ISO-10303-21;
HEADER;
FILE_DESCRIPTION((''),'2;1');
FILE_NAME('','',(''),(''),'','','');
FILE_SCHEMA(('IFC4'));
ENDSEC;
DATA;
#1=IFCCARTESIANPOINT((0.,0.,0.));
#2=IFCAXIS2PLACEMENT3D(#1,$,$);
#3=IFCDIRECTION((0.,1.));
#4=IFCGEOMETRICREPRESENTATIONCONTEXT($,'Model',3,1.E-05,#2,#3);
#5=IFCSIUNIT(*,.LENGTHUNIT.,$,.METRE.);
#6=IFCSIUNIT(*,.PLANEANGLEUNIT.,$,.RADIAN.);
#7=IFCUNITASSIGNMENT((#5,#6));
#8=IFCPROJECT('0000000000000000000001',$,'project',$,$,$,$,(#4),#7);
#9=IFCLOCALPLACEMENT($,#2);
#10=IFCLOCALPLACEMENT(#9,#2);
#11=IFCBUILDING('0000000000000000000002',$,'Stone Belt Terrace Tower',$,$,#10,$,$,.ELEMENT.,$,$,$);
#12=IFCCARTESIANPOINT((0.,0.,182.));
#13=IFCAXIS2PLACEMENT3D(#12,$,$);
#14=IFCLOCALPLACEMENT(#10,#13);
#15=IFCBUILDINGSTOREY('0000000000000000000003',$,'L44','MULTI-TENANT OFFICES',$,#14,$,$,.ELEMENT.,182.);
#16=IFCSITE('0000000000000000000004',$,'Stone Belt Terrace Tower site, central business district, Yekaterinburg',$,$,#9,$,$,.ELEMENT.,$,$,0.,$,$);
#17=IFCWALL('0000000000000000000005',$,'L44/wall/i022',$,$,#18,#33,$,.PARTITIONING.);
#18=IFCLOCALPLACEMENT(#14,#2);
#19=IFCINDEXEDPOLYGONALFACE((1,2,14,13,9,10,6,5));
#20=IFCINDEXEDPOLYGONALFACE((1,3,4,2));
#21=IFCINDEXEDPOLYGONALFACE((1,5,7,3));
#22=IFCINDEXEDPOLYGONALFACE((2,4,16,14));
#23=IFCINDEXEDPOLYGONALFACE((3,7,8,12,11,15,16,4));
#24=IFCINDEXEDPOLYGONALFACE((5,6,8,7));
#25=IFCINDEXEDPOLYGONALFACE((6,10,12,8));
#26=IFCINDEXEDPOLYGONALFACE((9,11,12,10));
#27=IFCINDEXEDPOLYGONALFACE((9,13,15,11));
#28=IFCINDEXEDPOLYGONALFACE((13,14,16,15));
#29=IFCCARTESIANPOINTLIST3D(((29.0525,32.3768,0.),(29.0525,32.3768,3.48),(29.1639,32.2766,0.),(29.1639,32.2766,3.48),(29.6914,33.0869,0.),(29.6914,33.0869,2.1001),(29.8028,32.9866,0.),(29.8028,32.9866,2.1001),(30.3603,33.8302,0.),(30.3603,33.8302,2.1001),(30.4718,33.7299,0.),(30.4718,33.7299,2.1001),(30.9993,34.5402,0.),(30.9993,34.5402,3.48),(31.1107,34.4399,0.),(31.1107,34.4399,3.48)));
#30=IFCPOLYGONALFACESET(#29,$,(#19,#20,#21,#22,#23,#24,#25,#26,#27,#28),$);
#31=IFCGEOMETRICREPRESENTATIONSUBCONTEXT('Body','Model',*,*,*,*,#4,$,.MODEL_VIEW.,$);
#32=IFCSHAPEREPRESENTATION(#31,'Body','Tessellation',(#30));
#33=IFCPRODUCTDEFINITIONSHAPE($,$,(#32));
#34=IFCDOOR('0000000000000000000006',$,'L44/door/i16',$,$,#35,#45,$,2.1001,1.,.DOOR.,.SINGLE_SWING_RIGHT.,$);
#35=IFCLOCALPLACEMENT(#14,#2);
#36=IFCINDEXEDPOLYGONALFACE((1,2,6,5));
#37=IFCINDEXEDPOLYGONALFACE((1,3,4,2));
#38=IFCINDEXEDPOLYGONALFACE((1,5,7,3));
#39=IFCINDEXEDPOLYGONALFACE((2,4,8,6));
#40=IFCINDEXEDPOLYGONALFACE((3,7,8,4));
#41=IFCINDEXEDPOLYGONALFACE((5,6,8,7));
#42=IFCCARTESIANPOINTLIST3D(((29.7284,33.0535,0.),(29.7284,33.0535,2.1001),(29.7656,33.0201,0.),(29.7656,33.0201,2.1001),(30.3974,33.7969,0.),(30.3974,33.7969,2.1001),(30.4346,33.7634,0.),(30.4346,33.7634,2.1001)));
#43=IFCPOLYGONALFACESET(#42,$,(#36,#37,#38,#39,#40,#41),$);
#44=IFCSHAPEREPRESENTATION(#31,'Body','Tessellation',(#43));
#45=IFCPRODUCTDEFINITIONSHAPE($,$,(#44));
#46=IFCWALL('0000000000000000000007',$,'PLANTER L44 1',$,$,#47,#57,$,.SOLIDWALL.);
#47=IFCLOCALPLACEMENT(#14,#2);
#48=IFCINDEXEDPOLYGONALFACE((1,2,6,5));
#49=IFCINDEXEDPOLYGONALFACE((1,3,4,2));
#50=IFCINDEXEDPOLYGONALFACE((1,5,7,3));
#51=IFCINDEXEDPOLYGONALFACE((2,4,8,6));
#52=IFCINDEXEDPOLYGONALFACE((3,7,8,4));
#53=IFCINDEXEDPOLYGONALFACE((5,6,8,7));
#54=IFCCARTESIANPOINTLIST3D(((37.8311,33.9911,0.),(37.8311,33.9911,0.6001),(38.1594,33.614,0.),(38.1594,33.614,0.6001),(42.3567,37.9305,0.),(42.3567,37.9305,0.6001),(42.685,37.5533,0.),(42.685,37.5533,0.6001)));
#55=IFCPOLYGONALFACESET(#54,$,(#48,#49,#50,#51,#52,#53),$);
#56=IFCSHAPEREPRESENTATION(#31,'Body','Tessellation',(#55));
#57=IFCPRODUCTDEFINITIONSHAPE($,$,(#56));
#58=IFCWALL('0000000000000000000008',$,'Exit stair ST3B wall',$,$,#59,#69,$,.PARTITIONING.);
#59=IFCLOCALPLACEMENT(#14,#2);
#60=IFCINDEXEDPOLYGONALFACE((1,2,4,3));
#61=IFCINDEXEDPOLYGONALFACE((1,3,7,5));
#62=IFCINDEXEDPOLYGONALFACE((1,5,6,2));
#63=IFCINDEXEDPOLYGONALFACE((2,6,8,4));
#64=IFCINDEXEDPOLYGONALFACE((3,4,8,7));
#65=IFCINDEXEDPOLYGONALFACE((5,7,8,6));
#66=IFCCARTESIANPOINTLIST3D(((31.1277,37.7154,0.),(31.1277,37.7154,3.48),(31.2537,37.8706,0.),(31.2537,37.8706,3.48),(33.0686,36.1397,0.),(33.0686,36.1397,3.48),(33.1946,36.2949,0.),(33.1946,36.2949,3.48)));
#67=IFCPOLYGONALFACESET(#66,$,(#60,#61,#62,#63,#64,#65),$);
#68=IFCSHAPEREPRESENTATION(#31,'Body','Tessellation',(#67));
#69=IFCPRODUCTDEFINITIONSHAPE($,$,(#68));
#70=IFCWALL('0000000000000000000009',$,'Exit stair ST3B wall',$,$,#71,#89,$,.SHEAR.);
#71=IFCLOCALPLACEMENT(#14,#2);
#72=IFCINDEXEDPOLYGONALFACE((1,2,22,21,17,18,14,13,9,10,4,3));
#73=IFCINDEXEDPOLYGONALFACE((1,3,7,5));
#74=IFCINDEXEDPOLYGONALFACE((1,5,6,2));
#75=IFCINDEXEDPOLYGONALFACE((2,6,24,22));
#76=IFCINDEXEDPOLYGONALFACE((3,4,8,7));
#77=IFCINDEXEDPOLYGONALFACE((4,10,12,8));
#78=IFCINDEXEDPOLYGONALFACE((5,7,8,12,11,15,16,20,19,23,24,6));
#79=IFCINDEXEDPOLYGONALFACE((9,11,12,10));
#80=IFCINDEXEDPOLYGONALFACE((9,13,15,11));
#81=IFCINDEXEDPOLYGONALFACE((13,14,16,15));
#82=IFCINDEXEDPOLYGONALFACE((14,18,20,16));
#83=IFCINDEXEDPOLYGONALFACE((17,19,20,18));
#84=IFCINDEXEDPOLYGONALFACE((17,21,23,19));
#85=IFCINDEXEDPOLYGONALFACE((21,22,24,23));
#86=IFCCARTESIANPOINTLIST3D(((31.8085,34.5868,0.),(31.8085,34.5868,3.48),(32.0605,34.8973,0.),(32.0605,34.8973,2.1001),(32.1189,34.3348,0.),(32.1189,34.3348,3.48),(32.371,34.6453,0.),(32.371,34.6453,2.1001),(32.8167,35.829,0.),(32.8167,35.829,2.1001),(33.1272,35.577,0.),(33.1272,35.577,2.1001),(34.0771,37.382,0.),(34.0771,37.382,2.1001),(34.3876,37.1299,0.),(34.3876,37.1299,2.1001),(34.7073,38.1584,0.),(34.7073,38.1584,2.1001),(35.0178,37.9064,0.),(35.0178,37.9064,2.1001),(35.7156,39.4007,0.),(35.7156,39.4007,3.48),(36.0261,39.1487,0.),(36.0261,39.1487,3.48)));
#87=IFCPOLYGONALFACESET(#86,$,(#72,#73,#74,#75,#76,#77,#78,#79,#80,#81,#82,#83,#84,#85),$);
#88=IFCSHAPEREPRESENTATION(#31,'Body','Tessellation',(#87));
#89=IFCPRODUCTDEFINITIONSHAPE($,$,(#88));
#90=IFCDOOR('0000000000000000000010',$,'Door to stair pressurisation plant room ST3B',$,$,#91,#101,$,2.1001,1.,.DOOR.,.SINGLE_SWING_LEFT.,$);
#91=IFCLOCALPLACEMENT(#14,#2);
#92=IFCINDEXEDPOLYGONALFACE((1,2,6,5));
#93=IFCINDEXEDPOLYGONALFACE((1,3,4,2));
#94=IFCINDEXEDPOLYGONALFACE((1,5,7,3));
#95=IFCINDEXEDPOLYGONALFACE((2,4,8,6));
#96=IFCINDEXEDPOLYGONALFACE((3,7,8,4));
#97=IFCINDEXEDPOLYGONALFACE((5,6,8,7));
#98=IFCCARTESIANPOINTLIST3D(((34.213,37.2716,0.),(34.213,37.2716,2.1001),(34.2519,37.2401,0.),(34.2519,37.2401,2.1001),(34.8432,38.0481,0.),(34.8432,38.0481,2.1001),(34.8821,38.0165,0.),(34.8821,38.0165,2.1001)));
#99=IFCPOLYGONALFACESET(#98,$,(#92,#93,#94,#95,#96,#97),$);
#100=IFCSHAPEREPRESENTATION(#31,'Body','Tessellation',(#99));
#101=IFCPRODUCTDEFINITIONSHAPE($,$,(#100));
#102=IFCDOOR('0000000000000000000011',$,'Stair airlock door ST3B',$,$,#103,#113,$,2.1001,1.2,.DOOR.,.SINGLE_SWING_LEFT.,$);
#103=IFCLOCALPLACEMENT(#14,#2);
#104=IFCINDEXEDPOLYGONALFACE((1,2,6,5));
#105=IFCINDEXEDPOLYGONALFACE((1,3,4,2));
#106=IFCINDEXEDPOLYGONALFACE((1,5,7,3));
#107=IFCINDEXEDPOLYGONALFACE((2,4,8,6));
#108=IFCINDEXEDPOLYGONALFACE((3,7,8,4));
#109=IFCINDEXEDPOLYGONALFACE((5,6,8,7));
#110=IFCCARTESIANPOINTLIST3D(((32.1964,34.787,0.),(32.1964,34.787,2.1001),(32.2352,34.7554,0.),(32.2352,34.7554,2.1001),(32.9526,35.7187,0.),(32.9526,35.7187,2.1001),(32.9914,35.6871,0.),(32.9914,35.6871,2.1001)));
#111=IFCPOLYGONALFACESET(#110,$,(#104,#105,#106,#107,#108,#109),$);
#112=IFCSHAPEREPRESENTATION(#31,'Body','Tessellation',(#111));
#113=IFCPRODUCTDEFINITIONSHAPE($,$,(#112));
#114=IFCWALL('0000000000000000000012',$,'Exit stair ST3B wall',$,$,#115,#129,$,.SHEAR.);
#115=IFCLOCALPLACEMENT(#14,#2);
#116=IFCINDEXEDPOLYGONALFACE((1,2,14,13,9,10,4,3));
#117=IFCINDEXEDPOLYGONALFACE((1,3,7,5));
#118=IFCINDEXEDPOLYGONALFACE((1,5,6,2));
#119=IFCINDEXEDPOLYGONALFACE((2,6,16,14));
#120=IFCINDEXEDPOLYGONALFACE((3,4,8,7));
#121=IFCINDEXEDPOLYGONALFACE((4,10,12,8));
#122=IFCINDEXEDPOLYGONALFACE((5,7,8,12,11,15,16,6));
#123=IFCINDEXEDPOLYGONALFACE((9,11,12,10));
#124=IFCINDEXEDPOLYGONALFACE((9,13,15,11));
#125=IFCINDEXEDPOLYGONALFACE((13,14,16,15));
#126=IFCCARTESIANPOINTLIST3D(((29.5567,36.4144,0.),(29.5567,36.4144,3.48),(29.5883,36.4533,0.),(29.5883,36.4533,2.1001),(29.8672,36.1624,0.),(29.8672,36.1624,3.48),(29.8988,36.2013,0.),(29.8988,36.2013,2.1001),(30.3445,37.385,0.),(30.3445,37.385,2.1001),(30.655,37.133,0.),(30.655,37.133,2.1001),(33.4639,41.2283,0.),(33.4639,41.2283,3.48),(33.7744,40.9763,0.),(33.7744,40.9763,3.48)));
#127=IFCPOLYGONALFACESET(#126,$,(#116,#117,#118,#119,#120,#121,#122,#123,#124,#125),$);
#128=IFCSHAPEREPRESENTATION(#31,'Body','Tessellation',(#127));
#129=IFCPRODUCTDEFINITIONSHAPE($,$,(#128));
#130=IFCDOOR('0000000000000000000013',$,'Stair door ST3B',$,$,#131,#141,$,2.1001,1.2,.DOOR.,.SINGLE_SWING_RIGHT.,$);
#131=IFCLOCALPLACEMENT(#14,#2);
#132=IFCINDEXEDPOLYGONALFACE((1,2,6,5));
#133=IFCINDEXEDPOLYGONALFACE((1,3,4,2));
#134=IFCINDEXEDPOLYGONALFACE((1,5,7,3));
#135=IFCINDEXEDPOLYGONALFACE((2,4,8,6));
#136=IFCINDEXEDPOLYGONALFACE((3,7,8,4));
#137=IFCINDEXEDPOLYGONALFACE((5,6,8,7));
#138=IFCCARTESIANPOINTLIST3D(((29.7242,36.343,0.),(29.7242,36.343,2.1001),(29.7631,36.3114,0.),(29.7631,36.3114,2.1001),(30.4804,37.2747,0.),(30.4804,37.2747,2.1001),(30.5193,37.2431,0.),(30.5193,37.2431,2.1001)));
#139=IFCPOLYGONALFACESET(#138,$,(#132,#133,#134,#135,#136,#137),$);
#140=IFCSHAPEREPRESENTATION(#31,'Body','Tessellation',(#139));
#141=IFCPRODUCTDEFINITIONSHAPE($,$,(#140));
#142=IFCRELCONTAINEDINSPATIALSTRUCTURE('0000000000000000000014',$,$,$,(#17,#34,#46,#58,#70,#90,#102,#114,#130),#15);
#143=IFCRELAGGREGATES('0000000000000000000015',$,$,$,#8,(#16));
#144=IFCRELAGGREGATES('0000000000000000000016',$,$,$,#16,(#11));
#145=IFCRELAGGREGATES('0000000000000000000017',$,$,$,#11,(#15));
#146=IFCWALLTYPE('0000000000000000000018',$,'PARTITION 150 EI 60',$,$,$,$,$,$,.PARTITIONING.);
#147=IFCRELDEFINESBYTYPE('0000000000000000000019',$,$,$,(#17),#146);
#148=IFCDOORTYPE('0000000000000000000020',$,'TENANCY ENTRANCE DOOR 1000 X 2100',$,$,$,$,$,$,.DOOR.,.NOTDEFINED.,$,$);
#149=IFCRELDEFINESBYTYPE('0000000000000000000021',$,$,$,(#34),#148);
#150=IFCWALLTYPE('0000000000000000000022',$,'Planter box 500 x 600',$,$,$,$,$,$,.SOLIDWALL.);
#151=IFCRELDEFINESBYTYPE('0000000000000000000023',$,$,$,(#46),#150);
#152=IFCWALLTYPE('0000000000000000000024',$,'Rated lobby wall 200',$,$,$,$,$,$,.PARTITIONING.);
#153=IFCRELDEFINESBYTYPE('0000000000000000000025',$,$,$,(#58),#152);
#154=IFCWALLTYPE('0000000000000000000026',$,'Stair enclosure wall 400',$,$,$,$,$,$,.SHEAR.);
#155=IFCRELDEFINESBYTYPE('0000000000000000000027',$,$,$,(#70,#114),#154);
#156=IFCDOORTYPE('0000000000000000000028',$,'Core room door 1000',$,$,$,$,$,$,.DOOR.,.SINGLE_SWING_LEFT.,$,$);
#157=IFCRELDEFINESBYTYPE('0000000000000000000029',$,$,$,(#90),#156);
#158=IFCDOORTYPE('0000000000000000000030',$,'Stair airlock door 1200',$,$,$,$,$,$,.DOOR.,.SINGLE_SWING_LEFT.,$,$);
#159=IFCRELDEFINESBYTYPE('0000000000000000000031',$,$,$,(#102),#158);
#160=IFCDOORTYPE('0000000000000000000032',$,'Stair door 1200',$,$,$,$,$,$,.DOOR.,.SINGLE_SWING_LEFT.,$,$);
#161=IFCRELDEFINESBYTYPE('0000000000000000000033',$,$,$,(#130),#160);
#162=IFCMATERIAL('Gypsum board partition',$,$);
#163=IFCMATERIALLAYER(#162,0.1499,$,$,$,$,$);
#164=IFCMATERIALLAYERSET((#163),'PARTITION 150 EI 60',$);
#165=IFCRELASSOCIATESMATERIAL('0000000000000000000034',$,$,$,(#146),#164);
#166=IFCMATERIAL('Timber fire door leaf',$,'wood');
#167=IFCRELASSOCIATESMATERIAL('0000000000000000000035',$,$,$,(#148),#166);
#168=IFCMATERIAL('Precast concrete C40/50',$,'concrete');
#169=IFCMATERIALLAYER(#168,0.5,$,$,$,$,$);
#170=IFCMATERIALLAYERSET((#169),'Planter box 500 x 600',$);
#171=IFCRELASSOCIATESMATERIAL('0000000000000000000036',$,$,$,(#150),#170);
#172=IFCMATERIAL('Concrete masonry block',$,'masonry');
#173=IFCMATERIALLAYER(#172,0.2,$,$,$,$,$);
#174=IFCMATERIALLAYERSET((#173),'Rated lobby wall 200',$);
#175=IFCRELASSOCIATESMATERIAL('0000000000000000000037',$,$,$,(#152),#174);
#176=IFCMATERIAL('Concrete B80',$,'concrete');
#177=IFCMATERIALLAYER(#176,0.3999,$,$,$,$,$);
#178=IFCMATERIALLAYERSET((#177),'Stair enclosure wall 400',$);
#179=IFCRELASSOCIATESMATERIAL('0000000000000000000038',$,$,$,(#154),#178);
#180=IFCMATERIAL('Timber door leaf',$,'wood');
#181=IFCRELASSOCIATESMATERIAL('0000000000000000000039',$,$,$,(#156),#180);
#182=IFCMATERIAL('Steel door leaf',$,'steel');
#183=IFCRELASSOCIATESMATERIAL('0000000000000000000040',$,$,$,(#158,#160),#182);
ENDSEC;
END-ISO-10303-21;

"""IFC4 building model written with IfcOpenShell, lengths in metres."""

from ifc_helpers import new_model, si_unit, direction, frame, frame_2d, origin, origin_2d, place, context, subcontext, project, spatial, rectangle, extrude, material, layer, layer_set, type_object, element, fill, save


model = new_model("IFC4")

# Units and contexts
model_context = context("Model", 3, precision=1e-05, world=origin(), true_north=direction((0.0, 1.0)))
body_context = subcontext(model_context, "Body", "Model", "MODEL_VIEW")
ifc_project = project(units=[si_unit("LENGTHUNIT", "METRE"), si_unit("PLANEANGLEUNIT", "RADIAN")], contexts=[model_context])

# Site, building, storey
site_placement = place(None, origin())
site = spatial("IfcSite", under=ifc_project, at=site_placement, Name="Stone Belt Terrace Tower site, central business district, Yekaterinburg", CompositionType="ELEMENT", RefElevation=0.0)
building_placement = place(site_placement, origin())
building = spatial("IfcBuilding", under=site, at=building_placement, Name="Stone Belt Terrace Tower", CompositionType="ELEMENT")
storey_placement = place(building_placement, frame((0.0, 0.0, 182.0)))
storey = spatial("IfcBuildingStorey", under=building, at=storey_placement, Name="L44", Description="MULTI-TENANT OFFICES", CompositionType="ELEMENT", Elevation=182.0)

# Shared definitions
ifc_material_1 = material(Name="Concrete B80", Category="concrete")

# Wall, opening, door
ifc_material_2 = material(Name="Gypsum board partition")
ifc_layer_1 = layer(ifc_material_2, 0.1499)
ifc_layer_set_1 = layer_set([ifc_layer_1], Name="PARTITION 150 EI 60")
wall_type_1 = type_object("IfcWallType", Name="PARTITION 150 EI 60", PredefinedType="PARTITIONING", material=ifc_layer_set_1)
wall_1_placement = place(storey_placement, frame((31.0549, 34.49, 0.0), z_axis=(0.0, 0.0, 1.0), x_axis=(-0.668923, -0.743332, 0.0)))
wall_1 = element("IfcWall", 1, at=wall_1_placement, inside=storey, type_object=wall_type_1, Name="L44/wall/i022", PredefinedType="PARTITIONING", context=body_context, shape_type="SweptSolid", body=[
    extrude(rectangle(XDim=2.9104, YDim=0.1499, at=frame_2d((1.4551, 0.0))), origin(), (0.0, 0.0, 1.0), 3.48),
])
opening_1_placement = place(wall_1_placement, frame((0.9551, 0.0, 0.0)))
opening_1 = element("IfcOpeningElement", 2, at=opening_1_placement, cuts=wall_1, PredefinedType="OPENING", context=body_context, shape_type="SweptSolid", body=[
    extrude(rectangle(XDim=1.0, YDim=2.1001, at=frame_2d((0.5, 1.05))), frame((0.0, 0.085, 0.0), z_axis=(0.0, -1.0, 0.0), x_axis=(1.0, 0.0, 0.0)), (0.0, 0.0, 1.0), 0.1699),
])
ifc_material_3 = material(Name="Timber fire door leaf", Category="wood")
door_type_1 = type_object("IfcDoorType", Name="TENANCY ENTRANCE DOOR 1000 X 2100", OperationType="NOTDEFINED", PredefinedType="DOOR", material=ifc_material_3)
door_1_placement = place(opening_1_placement, origin())
door_1 = element("IfcDoor", 3, at=door_1_placement, inside=storey, type_object=door_type_1, Name="L44/door/i16", OperationType="SINGLE_SWING_RIGHT", OverallHeight=2.1001, OverallWidth=1.0, PredefinedType="DOOR", context=body_context, shape_type="SweptSolid", body=[
    extrude(rectangle(XDim=1.0, YDim=2.1001, at=frame_2d((0.5, 1.05))), frame((0.0, 0.0249, 0.0), z_axis=(0.0, -1.0, 0.0), x_axis=(1.0, 0.0, 0.0)), (0.0, 0.0, 1.0), 0.05),
])
fill(opening_1, door_1)

# Walls
ifc_material_4 = material(Name="Precast concrete C40/50", Category="concrete")
ifc_layer_2 = layer(ifc_material_4, 0.5)
ifc_layer_set_2 = layer_set([ifc_layer_2], Name="Planter box 500 x 600")
wall_type_2 = type_object("IfcWallType", Name="Planter box 500 x 600", PredefinedType="SOLIDWALL", material=ifc_layer_set_2)
wall_2_placement = place(storey_placement, frame((40.2581, 35.7722, 0.0), z_axis=(0.0, 0.0, 1.0), x_axis=(0.754273, 0.656561, 0.0)))
element("IfcWall", 4, at=wall_2_placement, inside=storey, type_object=wall_type_2, Name="PLANTER L44 1", PredefinedType="SOLIDWALL", context=body_context, shape_type="SweptSolid", body=[
    extrude(rectangle(XDim=6.0, YDim=0.5, at=origin_2d()), origin(), (0.0, 0.0, 1.0), 0.6001),
])
ifc_material_5 = material(Name="Concrete masonry block", Category="masonry")
ifc_layer_3 = layer(ifc_material_5, 0.2)
ifc_layer_set_3 = layer_set([ifc_layer_3], Name="Rated lobby wall 200")
wall_type_3 = type_object("IfcWallType", Name="Rated lobby wall 200", PredefinedType="PARTITIONING", material=ifc_layer_set_3)
wall_3_placement = place(storey_placement, frame((31.1907, 37.793, 0.0), z_axis=(0.0, 0.0, 1.0), x_axis=(0.776371, -0.630276, 0.0)))
element("IfcWall", 5, at=wall_3_placement, inside=storey, type_object=wall_type_3, Name="Exit stair ST3B wall", PredefinedType="PARTITIONING", context=body_context, shape_type="SweptSolid", body=[
    extrude(rectangle(XDim=2.5, YDim=0.2, at=frame_2d((1.25, 0.0))), origin(), (0.0, 0.0, 1.0), 3.48),
])

# Wall, openings, doors
ifc_layer_4 = layer(ifc_material_1, 0.3999)
ifc_layer_set_4 = layer_set([ifc_layer_4], Name="Stair enclosure wall 400")
wall_type_4 = type_object("IfcWallType", Name="Stair enclosure wall 400", PredefinedType="SHEAR", material=ifc_layer_set_4)
wall_4_placement = place(storey_placement, frame((31.9636, 34.4607, 0.0), z_axis=(0.0, 0.0, 1.0), x_axis=(0.630192, 0.776439, 0.0)))
wall_4 = element("IfcWall", 6, at=wall_4_placement, inside=storey, type_object=wall_type_4, Name="Exit stair ST3B wall", PredefinedType="SHEAR", context=body_context, shape_type="SweptSolid", body=[
    extrude(rectangle(XDim=6.2, YDim=0.3999, at=frame_2d((3.1001, 0.0))), origin(), (0.0, 0.0, 1.0), 3.48),
])
opening_2_placement = place(wall_4_placement, frame((0.3999, 0.0, 0.0)))
opening_2 = element("IfcOpeningElement", 7, at=opening_2_placement, cuts=wall_4, PredefinedType="OPENING", context=body_context, shape_type="SweptSolid", body=[
    extrude(rectangle(XDim=1.2, YDim=2.1001, at=frame_2d((0.6001, 1.05))), frame((0.0, 0.21, 0.0), z_axis=(0.0, -1.0, 0.0), x_axis=(1.0, 0.0, 0.0)), (0.0, 0.0, 1.0), 0.4199),
])
opening_3_placement = place(wall_4_placement, frame((3.6001, 0.0, 0.0)))
opening_3 = element("IfcOpeningElement", 8, at=opening_3_placement, cuts=wall_4, PredefinedType="OPENING", context=body_context, shape_type="SweptSolid", body=[
    extrude(rectangle(XDim=1.0, YDim=2.1001, at=frame_2d((0.5, 1.05))), frame((0.0, 0.21, 0.0), z_axis=(0.0, -1.0, 0.0), x_axis=(1.0, 0.0, 0.0)), (0.0, 0.0, 1.0), 0.4199),
])
ifc_material_6 = material(Name="Timber door leaf", Category="wood")
door_type_2 = type_object("IfcDoorType", Name="Core room door 1000", OperationType="SINGLE_SWING_LEFT", PredefinedType="DOOR", material=ifc_material_6)
door_2_placement = place(opening_3_placement, origin())
door_2 = element("IfcDoor", 9, at=door_2_placement, inside=storey, type_object=door_type_2, Name="Door to stair pressurisation plant room ST3B", OperationType="SINGLE_SWING_LEFT", OverallHeight=2.1001, OverallWidth=1.0, PredefinedType="DOOR", context=body_context, shape_type="SweptSolid", body=[
    extrude(rectangle(XDim=1.0, YDim=2.1001, at=frame_2d((0.5, 1.05))), frame((0.0, 0.0249, 0.0), z_axis=(0.0, -1.0, 0.0), x_axis=(1.0, 0.0, 0.0)), (0.0, 0.0, 1.0), 0.05),
])
fill(opening_3, door_2)
ifc_material_7 = material(Name="Steel door leaf", Category="steel")
door_type_3 = type_object("IfcDoorType", Name="Stair airlock door 1200", OperationType="SINGLE_SWING_LEFT", PredefinedType="DOOR", material=ifc_material_7)
door_3_placement = place(opening_2_placement, origin())
door_3 = element("IfcDoor", 10, at=door_3_placement, inside=storey, type_object=door_type_3, Name="Stair airlock door ST3B", OperationType="SINGLE_SWING_LEFT", OverallHeight=2.1001, OverallWidth=1.2, PredefinedType="DOOR", context=body_context, shape_type="SweptSolid", body=[
    extrude(rectangle(XDim=1.2, YDim=2.1001, at=frame_2d((0.6001, 1.05))), frame((0.0, 0.0249, 0.0), z_axis=(0.0, -1.0, 0.0), x_axis=(1.0, 0.0, 0.0)), (0.0, 0.0, 1.0), 0.05),
])
fill(opening_2, door_3)

# Wall, opening, door
wall_5_placement = place(storey_placement, frame((29.7119, 36.2883, 0.0), z_axis=(0.0, 0.0, 1.0), x_axis=(0.630192, 0.776439, 0.0)))
wall_5 = element("IfcWall", 11, at=wall_5_placement, inside=storey, type_object=wall_type_4, Name="Exit stair ST3B wall", PredefinedType="SHEAR", context=body_context, shape_type="SweptSolid", body=[
    extrude(rectangle(XDim=6.2, YDim=0.3999, at=frame_2d((3.1001, 0.0))), origin(), (0.0, 0.0, 1.0), 3.48),
])
opening_4_placement = place(wall_5_placement, frame((0.05, 0.0, 0.0)))
opening_4 = element("IfcOpeningElement", 12, at=opening_4_placement, cuts=wall_5, PredefinedType="OPENING", context=body_context, shape_type="SweptSolid", body=[
    extrude(rectangle(XDim=1.2, YDim=2.1001, at=frame_2d((0.6001, 1.05))), frame((0.0, 0.21, 0.0), z_axis=(0.0, -1.0, 0.0), x_axis=(1.0, 0.0, 0.0)), (0.0, 0.0, 1.0), 0.4199),
])
door_type_4 = type_object("IfcDoorType", Name="Stair door 1200", OperationType="SINGLE_SWING_LEFT", PredefinedType="DOOR", material=ifc_material_7)
door_4_placement = place(opening_4_placement, origin())
door_4 = element("IfcDoor", 13, at=door_4_placement, inside=storey, type_object=door_type_4, Name="Stair door ST3B", OperationType="SINGLE_SWING_RIGHT", OverallHeight=2.1001, OverallWidth=1.2, PredefinedType="DOOR", context=body_context, shape_type="SweptSolid", body=[
    extrude(rectangle(XDim=1.2, YDim=2.1001, at=frame_2d((0.6001, 1.05))), frame((0.0, 0.0249, 0.0), z_axis=(0.0, -1.0, 0.0), x_axis=(1.0, 0.0, 0.0)), (0.0, 0.0, 1.0), 0.05),
])
fill(opening_4, door_4)

save(model, "model.ifc")
